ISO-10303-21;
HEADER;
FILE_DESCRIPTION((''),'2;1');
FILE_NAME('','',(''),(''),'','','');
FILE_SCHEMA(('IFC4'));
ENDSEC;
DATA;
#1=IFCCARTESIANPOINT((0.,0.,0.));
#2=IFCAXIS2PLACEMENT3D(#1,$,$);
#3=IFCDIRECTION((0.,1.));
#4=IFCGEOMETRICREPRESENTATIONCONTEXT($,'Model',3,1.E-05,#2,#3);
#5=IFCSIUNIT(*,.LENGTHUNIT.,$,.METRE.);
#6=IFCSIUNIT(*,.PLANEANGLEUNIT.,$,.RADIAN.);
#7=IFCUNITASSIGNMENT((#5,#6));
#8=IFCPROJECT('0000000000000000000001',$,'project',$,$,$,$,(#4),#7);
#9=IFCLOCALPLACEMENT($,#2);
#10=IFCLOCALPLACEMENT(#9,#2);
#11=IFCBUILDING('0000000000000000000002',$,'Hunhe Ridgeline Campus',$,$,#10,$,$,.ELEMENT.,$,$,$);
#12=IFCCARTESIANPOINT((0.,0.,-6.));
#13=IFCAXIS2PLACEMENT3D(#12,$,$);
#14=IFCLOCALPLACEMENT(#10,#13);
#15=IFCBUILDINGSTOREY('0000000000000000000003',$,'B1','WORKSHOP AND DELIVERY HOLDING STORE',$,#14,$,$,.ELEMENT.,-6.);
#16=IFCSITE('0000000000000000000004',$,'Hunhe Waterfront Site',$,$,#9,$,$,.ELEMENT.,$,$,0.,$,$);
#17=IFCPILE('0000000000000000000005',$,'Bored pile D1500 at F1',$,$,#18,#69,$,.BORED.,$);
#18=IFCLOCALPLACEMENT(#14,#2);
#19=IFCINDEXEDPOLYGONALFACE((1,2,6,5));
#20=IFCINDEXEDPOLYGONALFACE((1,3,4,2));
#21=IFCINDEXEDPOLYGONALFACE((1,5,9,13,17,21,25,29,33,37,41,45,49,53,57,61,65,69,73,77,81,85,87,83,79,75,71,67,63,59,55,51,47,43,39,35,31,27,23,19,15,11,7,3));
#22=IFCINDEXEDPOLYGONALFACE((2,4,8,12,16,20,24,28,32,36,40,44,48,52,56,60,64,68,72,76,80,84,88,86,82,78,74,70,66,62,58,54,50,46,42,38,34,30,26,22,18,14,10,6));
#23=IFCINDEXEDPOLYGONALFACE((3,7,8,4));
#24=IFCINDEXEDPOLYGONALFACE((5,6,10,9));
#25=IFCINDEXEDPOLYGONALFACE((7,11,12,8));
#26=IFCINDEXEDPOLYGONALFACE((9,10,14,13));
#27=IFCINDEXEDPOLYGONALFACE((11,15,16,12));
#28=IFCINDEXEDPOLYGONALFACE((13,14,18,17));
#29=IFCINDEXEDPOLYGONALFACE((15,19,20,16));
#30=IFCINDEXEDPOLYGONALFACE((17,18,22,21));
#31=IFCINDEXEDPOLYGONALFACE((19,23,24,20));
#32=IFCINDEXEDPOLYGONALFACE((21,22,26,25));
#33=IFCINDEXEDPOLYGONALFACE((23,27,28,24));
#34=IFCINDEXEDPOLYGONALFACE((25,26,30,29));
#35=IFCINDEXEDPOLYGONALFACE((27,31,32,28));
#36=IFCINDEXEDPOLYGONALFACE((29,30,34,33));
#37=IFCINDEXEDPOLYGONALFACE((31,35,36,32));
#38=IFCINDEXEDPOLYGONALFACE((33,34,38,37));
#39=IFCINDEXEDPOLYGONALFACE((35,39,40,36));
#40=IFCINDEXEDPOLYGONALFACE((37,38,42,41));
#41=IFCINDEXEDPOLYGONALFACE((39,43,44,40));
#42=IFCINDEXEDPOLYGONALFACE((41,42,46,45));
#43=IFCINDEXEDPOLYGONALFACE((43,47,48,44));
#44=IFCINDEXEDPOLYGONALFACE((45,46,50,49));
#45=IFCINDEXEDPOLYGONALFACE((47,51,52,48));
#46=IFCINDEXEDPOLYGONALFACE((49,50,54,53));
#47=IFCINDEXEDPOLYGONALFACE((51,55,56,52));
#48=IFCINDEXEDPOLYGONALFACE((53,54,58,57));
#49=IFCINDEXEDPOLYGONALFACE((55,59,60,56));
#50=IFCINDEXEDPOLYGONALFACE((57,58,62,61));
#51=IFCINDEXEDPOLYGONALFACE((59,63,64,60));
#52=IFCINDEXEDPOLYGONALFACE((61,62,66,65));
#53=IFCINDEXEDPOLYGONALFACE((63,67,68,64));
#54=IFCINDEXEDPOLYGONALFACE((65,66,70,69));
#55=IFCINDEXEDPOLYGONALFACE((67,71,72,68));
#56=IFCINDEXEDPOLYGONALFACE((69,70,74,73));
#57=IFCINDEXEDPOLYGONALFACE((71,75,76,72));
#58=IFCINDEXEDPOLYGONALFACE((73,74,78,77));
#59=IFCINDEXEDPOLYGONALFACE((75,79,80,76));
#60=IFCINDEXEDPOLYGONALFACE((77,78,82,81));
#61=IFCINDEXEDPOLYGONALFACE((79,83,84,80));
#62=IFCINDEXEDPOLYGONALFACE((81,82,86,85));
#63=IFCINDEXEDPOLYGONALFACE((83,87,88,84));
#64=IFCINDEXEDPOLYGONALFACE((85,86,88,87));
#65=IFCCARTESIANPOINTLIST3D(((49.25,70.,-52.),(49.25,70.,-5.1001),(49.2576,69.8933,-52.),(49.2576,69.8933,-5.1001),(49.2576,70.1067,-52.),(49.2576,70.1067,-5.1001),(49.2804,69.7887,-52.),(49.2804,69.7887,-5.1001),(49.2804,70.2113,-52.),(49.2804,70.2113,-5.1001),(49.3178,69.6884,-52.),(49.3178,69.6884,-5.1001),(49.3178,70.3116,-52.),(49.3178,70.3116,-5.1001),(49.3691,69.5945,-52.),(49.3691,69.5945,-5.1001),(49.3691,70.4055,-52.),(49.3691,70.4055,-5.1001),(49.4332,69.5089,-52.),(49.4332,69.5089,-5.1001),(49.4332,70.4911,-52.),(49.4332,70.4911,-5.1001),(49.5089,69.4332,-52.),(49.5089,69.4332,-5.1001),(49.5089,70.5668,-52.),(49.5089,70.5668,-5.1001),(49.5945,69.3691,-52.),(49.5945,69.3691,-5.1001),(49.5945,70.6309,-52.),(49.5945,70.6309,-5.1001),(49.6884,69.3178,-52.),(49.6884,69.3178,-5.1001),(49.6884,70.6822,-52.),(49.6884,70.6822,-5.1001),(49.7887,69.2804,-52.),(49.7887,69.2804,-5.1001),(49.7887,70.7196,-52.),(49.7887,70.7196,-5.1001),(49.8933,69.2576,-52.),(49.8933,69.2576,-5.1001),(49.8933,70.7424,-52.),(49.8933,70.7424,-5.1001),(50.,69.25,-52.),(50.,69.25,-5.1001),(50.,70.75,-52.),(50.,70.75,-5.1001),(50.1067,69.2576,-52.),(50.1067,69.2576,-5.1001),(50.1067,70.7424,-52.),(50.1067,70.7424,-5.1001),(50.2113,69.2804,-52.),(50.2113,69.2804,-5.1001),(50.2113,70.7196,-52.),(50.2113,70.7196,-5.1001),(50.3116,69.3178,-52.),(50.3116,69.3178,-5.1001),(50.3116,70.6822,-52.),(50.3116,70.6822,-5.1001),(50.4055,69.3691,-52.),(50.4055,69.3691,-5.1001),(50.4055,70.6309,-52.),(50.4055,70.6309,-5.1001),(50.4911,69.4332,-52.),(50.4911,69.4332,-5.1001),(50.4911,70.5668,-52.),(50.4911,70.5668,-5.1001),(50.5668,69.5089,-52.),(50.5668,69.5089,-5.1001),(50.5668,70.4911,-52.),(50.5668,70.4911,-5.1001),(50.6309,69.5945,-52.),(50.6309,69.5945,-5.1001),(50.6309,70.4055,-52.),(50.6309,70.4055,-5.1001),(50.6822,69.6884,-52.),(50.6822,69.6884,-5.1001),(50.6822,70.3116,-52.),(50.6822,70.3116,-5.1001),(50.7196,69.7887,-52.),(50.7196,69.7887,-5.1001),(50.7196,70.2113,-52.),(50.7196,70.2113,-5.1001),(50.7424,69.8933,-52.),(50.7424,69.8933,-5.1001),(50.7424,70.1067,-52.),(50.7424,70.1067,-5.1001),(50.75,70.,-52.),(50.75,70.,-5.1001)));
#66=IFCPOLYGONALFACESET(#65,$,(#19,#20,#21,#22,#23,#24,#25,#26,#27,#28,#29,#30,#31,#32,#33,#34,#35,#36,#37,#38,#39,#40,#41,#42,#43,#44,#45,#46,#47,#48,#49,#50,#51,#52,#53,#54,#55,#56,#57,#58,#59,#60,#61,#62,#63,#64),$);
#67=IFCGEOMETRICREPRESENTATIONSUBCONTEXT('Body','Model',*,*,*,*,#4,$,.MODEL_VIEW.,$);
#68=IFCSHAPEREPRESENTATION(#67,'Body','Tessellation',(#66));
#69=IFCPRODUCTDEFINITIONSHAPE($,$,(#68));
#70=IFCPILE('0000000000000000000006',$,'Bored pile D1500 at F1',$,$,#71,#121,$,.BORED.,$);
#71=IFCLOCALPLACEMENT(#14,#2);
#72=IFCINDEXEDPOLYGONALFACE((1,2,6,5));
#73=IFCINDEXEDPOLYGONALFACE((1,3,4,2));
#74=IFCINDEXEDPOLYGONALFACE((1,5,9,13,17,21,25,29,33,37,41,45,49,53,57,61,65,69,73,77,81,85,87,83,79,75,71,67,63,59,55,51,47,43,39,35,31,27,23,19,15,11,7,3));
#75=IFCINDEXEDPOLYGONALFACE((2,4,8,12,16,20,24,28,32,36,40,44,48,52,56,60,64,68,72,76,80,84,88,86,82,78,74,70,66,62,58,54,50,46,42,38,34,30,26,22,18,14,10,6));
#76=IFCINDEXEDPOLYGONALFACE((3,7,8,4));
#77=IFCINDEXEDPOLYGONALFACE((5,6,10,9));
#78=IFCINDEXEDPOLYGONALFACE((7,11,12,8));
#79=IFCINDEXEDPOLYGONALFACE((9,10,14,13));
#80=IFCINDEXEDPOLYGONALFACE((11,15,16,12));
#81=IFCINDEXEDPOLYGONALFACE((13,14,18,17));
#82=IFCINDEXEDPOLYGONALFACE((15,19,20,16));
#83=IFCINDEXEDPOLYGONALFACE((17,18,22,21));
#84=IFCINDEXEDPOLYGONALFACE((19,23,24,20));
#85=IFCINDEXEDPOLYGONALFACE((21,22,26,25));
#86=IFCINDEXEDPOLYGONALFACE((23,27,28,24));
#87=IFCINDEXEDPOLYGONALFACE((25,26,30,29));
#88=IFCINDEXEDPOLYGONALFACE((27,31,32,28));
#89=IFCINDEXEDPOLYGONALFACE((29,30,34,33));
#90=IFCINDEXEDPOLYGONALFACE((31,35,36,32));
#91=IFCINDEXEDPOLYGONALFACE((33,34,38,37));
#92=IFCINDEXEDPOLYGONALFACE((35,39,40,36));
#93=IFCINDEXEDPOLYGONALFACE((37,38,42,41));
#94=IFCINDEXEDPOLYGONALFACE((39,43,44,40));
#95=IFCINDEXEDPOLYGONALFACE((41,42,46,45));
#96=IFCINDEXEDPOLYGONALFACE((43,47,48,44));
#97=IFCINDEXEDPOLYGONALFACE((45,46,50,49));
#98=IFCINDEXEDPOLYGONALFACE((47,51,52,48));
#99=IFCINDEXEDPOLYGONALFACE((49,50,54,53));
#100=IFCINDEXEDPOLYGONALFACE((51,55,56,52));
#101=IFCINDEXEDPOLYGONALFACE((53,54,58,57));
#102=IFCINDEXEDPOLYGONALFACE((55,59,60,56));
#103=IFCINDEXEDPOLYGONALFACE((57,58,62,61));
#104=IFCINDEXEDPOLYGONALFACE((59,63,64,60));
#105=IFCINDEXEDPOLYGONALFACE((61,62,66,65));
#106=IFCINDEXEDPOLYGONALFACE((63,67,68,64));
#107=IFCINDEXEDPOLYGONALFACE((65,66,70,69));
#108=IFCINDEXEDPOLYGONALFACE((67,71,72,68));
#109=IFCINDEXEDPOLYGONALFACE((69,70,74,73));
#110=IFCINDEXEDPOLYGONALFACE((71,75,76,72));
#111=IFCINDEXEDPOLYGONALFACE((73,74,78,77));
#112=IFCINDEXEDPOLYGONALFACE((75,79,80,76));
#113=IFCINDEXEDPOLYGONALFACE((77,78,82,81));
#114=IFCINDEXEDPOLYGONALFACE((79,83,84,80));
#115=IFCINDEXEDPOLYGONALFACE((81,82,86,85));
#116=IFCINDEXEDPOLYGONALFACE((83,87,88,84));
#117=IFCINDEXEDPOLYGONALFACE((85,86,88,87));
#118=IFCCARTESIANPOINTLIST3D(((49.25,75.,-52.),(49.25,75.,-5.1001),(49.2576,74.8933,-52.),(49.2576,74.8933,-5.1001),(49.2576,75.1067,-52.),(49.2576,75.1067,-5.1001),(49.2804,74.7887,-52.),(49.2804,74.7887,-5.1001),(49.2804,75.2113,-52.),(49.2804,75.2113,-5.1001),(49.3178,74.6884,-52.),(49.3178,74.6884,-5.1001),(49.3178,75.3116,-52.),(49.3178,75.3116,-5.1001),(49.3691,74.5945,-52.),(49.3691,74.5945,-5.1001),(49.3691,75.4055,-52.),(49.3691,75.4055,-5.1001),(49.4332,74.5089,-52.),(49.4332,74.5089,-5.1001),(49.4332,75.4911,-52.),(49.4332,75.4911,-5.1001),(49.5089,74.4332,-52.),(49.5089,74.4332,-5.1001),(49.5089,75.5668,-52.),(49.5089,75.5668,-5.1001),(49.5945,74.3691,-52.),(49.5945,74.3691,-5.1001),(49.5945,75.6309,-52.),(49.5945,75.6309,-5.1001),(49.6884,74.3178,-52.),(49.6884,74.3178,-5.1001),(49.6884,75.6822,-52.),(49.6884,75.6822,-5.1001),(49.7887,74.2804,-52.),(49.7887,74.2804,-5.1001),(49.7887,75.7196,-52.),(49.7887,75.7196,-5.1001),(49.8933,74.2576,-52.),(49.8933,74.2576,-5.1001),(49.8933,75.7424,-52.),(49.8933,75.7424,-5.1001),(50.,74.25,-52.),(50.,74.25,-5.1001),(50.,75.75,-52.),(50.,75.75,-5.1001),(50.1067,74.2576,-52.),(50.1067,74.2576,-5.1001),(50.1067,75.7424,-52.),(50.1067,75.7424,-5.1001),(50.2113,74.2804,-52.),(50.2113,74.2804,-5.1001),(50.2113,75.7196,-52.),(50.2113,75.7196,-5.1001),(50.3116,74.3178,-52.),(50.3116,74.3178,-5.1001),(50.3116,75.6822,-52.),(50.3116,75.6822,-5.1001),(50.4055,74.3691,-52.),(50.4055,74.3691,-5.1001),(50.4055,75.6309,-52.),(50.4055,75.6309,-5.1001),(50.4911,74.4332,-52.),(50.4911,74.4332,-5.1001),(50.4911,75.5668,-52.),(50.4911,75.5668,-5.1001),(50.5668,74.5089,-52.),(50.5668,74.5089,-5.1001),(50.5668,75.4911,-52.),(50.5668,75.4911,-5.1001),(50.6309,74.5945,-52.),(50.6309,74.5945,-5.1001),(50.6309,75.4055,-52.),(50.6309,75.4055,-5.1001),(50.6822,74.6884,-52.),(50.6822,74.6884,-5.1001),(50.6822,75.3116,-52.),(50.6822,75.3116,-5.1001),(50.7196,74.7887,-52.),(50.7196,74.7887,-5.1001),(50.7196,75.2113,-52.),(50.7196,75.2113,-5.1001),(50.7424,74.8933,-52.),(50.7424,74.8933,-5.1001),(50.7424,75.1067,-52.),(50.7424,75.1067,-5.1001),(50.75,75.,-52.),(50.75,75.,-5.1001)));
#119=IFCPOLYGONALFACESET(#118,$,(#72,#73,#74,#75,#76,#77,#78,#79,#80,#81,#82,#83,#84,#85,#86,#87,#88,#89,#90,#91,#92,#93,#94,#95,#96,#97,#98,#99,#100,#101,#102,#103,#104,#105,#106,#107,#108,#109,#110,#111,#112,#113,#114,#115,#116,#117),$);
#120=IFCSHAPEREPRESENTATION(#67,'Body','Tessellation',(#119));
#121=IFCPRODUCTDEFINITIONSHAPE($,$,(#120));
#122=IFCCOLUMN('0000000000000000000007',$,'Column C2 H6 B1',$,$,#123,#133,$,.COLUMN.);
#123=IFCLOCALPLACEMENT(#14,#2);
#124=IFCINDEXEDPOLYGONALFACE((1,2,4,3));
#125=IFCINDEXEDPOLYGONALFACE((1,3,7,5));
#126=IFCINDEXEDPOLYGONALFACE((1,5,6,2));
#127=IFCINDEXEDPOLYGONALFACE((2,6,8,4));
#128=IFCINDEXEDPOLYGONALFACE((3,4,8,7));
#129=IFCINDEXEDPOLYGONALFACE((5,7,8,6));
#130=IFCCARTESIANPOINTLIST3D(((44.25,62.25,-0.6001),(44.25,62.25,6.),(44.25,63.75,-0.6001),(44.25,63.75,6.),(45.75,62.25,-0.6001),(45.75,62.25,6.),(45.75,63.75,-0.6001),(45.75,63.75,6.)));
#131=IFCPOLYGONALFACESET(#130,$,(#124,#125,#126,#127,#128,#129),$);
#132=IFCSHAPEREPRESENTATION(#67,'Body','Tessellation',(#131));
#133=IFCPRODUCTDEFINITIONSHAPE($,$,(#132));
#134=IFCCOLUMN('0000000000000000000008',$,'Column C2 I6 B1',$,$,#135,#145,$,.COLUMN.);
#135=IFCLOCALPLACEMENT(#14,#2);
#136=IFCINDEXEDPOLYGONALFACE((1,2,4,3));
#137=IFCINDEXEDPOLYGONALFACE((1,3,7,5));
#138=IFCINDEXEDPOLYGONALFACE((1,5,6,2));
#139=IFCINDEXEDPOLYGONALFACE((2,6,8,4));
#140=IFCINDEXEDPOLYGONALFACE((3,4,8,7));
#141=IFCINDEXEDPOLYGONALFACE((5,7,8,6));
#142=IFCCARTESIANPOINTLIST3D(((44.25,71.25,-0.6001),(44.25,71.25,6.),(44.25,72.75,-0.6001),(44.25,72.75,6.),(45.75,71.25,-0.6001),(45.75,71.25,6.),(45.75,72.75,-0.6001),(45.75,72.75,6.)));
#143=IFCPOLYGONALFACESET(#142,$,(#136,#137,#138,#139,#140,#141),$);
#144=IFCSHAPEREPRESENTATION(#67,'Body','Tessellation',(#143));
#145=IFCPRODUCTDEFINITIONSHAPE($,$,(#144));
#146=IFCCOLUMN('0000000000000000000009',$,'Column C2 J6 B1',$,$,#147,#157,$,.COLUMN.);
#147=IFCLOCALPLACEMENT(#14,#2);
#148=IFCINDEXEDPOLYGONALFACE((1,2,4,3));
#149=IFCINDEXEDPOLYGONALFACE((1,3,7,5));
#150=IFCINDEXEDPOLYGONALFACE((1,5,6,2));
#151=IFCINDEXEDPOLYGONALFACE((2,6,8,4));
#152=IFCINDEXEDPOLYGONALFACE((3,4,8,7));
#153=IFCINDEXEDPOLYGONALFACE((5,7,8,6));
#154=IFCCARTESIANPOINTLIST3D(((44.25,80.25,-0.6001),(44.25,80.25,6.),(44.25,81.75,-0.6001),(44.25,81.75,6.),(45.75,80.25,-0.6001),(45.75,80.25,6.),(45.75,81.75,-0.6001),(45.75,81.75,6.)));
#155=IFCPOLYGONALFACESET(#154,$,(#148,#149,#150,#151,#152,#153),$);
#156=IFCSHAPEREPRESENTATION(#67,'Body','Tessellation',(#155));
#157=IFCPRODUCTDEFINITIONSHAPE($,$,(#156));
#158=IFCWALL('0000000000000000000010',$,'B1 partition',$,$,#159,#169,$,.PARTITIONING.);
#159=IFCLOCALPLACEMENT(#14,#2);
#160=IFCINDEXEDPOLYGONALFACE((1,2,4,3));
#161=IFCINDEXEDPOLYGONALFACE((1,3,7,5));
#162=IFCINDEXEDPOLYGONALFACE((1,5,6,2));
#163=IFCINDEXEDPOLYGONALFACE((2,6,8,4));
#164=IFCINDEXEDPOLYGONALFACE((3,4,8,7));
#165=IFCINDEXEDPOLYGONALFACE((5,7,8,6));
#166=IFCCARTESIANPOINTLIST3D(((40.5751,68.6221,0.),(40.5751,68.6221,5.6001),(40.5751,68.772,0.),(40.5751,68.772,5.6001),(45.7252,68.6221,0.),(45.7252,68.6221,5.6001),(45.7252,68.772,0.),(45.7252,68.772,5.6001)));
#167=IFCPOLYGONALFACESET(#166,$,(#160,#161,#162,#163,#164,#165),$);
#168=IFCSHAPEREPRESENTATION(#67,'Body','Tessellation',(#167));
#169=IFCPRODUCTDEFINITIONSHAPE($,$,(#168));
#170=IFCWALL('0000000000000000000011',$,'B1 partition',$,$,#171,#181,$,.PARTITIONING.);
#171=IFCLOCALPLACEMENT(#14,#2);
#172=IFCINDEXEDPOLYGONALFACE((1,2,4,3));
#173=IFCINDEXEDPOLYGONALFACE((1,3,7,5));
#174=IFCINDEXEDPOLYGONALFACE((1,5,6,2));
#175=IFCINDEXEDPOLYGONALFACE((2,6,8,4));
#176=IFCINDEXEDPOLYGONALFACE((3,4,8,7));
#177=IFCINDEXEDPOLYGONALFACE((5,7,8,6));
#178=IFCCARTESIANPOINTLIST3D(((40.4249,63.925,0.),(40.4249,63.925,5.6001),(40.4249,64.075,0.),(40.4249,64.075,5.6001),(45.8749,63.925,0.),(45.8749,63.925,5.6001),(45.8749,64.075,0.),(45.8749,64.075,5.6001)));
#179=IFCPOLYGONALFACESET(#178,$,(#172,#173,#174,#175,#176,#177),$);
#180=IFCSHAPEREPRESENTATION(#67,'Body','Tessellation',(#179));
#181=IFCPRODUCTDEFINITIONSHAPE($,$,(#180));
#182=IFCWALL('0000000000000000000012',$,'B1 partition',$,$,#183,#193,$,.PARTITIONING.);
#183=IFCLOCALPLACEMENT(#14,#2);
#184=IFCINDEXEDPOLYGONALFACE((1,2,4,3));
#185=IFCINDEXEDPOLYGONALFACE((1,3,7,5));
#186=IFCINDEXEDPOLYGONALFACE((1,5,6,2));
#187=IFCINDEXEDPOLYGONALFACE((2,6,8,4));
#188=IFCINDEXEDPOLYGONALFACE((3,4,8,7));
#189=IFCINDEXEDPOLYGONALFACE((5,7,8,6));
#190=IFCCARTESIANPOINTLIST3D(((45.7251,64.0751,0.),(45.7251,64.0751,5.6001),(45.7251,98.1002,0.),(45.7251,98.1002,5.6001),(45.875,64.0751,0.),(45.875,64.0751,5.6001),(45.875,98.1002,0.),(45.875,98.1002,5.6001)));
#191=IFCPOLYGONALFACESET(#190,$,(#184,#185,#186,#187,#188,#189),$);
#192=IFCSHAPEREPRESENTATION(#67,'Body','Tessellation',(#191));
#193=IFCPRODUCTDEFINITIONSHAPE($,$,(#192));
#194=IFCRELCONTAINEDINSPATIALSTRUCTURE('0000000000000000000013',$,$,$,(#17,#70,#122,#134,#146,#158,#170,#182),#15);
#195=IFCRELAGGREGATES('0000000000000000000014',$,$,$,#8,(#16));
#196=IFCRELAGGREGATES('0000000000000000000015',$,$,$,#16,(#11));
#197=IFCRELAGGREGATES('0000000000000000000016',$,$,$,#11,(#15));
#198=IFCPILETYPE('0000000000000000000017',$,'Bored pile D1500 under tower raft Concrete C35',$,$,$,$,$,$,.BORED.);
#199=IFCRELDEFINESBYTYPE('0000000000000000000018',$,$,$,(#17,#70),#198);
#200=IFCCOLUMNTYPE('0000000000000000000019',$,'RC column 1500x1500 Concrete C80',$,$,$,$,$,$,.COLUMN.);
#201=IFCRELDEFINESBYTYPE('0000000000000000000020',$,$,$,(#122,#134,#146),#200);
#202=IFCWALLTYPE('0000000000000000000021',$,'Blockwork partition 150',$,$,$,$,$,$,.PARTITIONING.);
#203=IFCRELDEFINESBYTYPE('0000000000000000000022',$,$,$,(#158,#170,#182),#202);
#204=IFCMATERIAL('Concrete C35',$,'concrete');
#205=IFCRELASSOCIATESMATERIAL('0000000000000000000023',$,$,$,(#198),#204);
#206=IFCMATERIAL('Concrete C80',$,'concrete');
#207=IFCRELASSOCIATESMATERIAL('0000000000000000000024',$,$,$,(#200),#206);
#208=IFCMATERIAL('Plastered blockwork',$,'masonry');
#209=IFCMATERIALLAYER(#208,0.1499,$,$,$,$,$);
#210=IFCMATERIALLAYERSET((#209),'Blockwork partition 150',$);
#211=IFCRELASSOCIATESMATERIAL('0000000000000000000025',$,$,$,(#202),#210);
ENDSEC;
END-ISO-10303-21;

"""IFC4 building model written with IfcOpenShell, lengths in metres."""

from ifc_helpers import new_model, si_unit, direction, frame, frame_2d, origin, origin_2d, place, context, subcontext, project, spatial, rectangle, circle, extrude, material, layer, layer_set, material_profile, profile_set, type_object, element, save


model = new_model("IFC4")

# Units and contexts
model_context = context("Model", 3, precision=1e-05, world=origin(), true_north=direction((0.0, 1.0)))
body_context = subcontext(model_context, "Body", "Model", "MODEL_VIEW")
ifc_project = project(units=[si_unit("LENGTHUNIT", "METRE"), si_unit("PLANEANGLEUNIT", "RADIAN")], contexts=[model_context])

# Site, building, storey
site_placement = place(None, origin())
site = spatial("IfcSite", under=ifc_project, at=site_placement, Name="Hunhe Waterfront Site", CompositionType="ELEMENT", RefElevation=0.0)
building_placement = place(site_placement, origin())
building = spatial("IfcBuilding", under=site, at=building_placement, Name="Hunhe Ridgeline Campus", CompositionType="ELEMENT")
storey_placement = place(building_placement, frame((0.0, 0.0, -6.0)))
storey = spatial("IfcBuildingStorey", under=building, at=storey_placement, Name="B1", Description="WORKSHOP AND DELIVERY HOLDING STORE", CompositionType="ELEMENT", Elevation=-6.0)

# Piles
ifc_material_1 = material(Name="Concrete C35", Category="concrete")
ifc_material_profile_1 = material_profile(ifc_material_1, circle(Radius=0.75, at=origin_2d()))
ifc_profile_set_1 = profile_set([ifc_material_profile_1], Name="Concrete C35")
pile_type = type_object("IfcPileType", Name="Bored pile D1500 under tower raft Concrete C35", PredefinedType="BORED", material=ifc_profile_set_1)
for number, where, z_axis, x_axis, name in (
    (1, (50.0, 70.0, -5.1001), (0.0, 0.0, -1.0), (1.0, 0.0, 0.0), "Bored pile D1500 at F1"),
    (2, (50.0, 75.0, -5.1001), (0.0, 0.0, -1.0), (1.0, 0.0, 0.0), "Bored pile D1500 at F1"),
):
    element("IfcPile", number, at=place(storey_placement, frame(where, z_axis=z_axis, x_axis=x_axis)), inside=storey, type_object=pile_type, Name=name, PredefinedType="BORED", context=body_context, shape_type="SweptSolid", body=[
        extrude(circle(Radius=0.75, at=origin_2d()), origin(), (0.0, 0.0, 1.0), 46.8999),
    ])

# Columns
ifc_material_2 = material(Name="Concrete C80", Category="concrete")
ifc_material_profile_2 = material_profile(ifc_material_2, rectangle(XDim=1.5, YDim=1.5, at=origin_2d()))
ifc_profile_set_2 = profile_set([ifc_material_profile_2], Name="Concrete C80")
column_type = type_object("IfcColumnType", Name="RC column 1500x1500 Concrete C80", PredefinedType="COLUMN", material=ifc_profile_set_2)
for number, where, z_axis, x_axis, name in (
    (3, (45.0, 63.0, -0.6001), (0.0, 0.0, 1.0), (1.0, 0.0, 0.0), "Column C2 H6 B1"),
    (4, (45.0, 72.0, -0.6001), (0.0, 0.0, 1.0), (1.0, 0.0, 0.0), "Column C2 I6 B1"),
    (5, (45.0, 81.0, -0.6001), (0.0, 0.0, 1.0), (1.0, 0.0, 0.0), "Column C2 J6 B1"),
):
    element("IfcColumn", number, at=place(storey_placement, frame(where, z_axis=z_axis, x_axis=x_axis)), inside=storey, type_object=column_type, Name=name, PredefinedType="COLUMN", context=body_context, shape_type="SweptSolid", body=[
        extrude(rectangle(XDim=1.5, YDim=1.5, at=origin_2d()), origin(), (0.0, 0.0, 1.0), 6.6001),
    ])

# Walls
ifc_material_3 = material(Name="Plastered blockwork", Category="masonry")
ifc_layer = layer(ifc_material_3, 0.1499)
ifc_layer_set = layer_set([ifc_layer], Name="Blockwork partition 150")
wall_type = type_object("IfcWallType", Name="Blockwork partition 150", PredefinedType="PARTITIONING", material=ifc_layer_set)
wall_1_placement = place(storey_placement, frame((40.575, 68.697, 0.0), z_axis=(0.0, 0.0, 1.0), x_axis=(1.0, 0.0, 0.0)))
element("IfcWall", 6, at=wall_1_placement, inside=storey, type_object=wall_type, Name="B1 partition", PredefinedType="PARTITIONING", context=body_context, shape_type="SweptSolid", body=[
    extrude(rectangle(XDim=5.1501, YDim=0.1499, at=frame_2d((2.5752, 0.0))), origin(), (0.0, 0.0, 1.0), 5.6001),
])
wall_2_placement = place(storey_placement, frame((45.875, 64.0, 0.0), z_axis=(0.0, 0.0, 1.0), x_axis=(-1.0, 0.0, 0.0)))
element("IfcWall", 7, at=wall_2_placement, inside=storey, type_object=wall_type, Name="B1 partition", PredefinedType="PARTITIONING", context=body_context, shape_type="SweptSolid", body=[
    extrude(rectangle(XDim=5.45, YDim=0.1499, at=frame_2d((2.7251, 0.0))), origin(), (0.0, 0.0, 1.0), 5.6001),
])
wall_3_placement = place(storey_placement, frame((45.8, 64.075, 0.0), z_axis=(0.0, 0.0, 1.0), x_axis=(0.0, 1.0, 0.0)))
element("IfcWall", 8, at=wall_3_placement, inside=storey, type_object=wall_type, Name="B1 partition", PredefinedType="PARTITIONING", context=body_context, shape_type="SweptSolid", body=[
    extrude(rectangle(XDim=34.0251, YDim=0.1499, at=frame_2d((17.0127, 0.0))), origin(), (0.0, 0.0, 1.0), 5.6001),
])

save(model, "model.ifc")
